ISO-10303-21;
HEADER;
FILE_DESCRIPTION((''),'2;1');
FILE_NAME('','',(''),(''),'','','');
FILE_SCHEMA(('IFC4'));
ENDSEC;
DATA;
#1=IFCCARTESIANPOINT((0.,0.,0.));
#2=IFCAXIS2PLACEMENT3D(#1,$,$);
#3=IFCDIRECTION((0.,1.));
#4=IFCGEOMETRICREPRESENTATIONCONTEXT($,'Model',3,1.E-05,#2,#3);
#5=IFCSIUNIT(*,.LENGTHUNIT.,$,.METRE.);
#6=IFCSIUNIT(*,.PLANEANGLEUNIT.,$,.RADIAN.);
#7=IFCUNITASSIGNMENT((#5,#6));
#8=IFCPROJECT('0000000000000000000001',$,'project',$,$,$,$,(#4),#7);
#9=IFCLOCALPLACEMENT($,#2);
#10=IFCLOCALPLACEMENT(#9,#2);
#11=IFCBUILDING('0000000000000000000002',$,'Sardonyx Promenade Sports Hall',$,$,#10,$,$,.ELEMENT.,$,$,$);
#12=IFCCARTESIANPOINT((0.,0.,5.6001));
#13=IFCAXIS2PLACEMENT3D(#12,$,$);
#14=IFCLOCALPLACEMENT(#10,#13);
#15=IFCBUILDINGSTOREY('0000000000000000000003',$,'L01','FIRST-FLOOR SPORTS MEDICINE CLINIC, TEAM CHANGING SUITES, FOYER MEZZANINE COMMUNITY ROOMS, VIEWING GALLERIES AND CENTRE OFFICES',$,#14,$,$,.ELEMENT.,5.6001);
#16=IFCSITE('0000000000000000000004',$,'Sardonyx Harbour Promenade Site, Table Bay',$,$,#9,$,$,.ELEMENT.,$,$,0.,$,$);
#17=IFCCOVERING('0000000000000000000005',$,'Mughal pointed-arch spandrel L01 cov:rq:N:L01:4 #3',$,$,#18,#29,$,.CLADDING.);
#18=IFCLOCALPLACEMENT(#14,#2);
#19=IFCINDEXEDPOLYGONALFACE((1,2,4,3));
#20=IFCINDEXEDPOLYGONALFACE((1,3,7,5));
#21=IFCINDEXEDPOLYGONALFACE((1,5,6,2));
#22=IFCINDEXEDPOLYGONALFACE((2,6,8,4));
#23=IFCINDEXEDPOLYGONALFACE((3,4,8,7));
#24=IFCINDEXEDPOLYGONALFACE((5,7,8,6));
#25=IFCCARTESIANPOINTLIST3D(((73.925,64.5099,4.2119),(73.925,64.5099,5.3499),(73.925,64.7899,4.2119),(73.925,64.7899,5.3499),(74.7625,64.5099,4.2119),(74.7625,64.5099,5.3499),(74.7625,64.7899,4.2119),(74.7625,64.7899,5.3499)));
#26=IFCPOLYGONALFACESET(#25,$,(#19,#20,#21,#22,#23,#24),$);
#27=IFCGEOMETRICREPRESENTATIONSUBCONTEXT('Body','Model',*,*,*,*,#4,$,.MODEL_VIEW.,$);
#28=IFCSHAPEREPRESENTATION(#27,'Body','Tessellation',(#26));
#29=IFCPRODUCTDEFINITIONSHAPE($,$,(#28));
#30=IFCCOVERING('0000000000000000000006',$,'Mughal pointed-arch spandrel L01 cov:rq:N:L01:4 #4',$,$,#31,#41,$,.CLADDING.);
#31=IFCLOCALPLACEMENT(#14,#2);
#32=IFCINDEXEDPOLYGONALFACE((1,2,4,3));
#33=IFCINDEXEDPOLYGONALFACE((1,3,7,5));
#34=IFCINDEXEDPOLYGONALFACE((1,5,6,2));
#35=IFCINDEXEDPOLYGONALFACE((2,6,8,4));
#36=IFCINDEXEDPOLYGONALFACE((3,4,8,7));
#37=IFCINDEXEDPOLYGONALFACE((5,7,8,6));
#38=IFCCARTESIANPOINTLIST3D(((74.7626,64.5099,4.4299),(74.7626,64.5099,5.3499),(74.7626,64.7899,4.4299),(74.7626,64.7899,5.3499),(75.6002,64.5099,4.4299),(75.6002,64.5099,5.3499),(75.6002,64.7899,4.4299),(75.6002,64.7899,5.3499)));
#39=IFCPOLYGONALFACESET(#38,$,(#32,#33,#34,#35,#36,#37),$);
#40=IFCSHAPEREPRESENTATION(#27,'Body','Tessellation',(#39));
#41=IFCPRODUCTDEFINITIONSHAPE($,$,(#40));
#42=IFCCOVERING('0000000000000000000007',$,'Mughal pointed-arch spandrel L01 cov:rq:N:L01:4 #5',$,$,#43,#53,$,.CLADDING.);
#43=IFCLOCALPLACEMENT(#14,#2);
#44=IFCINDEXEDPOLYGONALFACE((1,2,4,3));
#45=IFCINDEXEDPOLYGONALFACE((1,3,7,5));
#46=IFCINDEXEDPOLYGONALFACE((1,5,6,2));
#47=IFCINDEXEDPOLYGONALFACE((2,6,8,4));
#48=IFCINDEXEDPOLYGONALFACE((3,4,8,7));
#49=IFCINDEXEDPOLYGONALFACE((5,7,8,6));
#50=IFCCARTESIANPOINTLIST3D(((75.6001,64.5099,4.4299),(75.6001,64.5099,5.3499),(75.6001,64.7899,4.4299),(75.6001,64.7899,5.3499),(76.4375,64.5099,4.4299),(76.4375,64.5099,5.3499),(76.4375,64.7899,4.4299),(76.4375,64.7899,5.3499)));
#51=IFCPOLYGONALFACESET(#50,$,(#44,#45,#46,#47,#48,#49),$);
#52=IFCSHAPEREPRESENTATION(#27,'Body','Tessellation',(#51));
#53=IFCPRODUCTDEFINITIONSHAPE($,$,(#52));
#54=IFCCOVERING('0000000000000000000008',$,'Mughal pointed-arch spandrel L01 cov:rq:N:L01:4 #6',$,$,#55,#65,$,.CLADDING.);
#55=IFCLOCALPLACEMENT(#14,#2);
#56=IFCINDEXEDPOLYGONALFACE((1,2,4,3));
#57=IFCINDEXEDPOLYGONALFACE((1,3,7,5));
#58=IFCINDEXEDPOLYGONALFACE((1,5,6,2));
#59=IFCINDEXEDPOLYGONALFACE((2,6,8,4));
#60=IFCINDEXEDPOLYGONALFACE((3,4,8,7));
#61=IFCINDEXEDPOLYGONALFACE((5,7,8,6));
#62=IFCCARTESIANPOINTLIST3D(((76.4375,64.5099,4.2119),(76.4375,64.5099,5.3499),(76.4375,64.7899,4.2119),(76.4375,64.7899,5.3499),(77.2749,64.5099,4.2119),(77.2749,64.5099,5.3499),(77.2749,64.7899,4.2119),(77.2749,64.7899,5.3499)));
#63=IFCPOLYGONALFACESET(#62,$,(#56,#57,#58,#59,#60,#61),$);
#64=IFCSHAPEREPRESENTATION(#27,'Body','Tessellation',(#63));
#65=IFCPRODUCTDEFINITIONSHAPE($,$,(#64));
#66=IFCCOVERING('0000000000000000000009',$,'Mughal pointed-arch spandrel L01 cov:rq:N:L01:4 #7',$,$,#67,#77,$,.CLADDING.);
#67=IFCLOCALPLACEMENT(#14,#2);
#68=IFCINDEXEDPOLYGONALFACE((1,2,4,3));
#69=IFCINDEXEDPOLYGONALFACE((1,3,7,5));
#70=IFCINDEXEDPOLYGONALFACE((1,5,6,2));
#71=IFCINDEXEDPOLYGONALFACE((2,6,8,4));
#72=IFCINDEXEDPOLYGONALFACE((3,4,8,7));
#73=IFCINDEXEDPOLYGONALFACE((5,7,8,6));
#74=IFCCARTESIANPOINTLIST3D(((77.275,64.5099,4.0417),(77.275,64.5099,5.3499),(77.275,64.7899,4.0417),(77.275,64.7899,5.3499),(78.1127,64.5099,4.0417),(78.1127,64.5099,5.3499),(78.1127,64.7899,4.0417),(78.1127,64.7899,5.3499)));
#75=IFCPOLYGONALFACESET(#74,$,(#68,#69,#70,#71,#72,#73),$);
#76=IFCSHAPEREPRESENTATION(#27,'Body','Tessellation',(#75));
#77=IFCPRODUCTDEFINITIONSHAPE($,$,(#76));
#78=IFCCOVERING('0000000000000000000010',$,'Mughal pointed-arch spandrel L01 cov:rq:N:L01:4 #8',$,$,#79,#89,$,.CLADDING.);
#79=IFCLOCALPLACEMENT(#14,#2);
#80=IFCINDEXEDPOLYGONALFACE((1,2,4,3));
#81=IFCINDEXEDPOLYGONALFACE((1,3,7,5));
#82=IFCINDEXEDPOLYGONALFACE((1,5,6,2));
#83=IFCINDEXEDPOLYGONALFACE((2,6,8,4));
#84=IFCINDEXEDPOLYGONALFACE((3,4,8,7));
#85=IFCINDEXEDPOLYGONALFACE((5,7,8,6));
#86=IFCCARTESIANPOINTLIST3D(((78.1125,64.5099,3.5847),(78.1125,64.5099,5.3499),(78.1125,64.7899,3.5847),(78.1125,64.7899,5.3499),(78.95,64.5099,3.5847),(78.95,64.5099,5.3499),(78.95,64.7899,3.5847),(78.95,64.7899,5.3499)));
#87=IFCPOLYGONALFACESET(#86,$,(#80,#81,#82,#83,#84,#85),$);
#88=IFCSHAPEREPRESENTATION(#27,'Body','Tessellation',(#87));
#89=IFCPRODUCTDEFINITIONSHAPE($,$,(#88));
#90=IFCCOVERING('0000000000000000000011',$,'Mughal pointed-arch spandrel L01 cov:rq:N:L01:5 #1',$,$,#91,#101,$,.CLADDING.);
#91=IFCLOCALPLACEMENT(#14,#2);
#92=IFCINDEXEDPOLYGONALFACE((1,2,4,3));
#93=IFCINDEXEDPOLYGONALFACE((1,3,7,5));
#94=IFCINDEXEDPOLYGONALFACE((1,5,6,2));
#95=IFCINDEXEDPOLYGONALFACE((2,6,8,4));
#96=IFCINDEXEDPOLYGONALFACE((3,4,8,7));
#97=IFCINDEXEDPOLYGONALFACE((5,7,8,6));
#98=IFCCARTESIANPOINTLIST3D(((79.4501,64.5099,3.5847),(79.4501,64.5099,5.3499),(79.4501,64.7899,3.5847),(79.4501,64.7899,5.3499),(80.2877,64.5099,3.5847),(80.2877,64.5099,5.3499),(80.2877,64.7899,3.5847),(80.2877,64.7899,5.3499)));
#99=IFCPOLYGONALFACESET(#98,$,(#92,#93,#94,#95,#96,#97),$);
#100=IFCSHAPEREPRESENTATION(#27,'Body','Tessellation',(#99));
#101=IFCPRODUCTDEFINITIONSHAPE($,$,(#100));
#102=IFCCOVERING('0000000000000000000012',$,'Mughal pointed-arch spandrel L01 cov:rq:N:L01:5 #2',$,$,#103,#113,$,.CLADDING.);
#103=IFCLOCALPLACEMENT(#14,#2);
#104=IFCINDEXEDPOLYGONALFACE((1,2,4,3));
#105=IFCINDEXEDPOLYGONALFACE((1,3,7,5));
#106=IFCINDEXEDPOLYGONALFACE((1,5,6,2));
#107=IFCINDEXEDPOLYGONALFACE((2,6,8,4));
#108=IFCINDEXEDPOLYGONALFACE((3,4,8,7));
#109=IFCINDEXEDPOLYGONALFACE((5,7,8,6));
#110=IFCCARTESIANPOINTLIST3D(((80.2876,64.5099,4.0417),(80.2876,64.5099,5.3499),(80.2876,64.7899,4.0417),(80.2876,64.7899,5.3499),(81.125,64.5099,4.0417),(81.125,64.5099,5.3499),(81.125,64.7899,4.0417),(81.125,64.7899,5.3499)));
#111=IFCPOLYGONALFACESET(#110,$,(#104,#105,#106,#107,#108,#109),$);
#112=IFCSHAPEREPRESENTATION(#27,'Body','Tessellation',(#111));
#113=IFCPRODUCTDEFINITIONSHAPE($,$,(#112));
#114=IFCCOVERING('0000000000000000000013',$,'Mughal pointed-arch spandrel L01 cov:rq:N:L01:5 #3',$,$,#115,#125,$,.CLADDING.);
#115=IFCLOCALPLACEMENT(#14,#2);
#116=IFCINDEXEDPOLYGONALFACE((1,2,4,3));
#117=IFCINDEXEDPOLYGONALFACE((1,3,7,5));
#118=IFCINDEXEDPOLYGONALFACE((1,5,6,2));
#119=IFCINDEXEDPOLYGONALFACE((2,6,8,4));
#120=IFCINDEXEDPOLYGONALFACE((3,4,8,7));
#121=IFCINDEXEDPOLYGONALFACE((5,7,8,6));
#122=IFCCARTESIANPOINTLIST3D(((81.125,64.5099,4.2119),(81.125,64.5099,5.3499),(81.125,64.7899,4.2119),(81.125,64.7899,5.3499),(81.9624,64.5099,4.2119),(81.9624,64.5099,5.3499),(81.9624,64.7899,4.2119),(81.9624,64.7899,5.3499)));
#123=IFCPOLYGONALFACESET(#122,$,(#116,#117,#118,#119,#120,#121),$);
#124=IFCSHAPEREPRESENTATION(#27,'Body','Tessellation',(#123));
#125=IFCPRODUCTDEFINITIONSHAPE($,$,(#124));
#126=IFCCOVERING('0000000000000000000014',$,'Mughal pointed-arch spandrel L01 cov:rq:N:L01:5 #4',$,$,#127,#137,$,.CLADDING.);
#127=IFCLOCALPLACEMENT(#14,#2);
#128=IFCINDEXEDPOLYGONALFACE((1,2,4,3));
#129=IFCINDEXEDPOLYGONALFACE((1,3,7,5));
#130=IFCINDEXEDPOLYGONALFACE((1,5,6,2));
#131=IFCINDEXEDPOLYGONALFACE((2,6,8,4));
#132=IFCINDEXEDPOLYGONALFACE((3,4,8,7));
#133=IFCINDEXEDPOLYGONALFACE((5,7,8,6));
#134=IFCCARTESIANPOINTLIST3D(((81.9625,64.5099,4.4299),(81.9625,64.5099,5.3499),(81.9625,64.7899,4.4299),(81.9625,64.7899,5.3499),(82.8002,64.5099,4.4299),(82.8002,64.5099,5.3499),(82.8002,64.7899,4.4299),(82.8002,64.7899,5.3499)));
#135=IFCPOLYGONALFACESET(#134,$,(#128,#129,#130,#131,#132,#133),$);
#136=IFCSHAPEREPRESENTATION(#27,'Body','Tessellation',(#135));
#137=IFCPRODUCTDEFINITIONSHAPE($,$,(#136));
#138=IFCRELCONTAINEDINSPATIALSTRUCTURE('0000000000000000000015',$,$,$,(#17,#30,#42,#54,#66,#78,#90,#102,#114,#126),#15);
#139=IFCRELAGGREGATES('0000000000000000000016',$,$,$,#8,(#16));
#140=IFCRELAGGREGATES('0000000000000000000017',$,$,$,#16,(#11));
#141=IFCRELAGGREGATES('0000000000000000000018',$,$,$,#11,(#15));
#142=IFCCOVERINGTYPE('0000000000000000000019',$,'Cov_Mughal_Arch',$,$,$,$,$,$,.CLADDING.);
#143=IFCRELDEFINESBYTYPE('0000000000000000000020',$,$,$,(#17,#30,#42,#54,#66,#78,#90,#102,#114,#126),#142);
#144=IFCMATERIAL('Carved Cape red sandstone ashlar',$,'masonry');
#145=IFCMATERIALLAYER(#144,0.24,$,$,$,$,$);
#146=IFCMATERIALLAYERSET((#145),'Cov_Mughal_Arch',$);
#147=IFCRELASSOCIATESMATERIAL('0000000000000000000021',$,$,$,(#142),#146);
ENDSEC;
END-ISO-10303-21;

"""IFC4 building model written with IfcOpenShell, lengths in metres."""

from ifc_helpers import new_model, si_unit, direction, frame, frame_2d, origin, place, context, subcontext, project, spatial, rectangle, extrude, material, layer, layer_set, type_object, element, save


model = new_model("IFC4")

# Units and contexts
model_context = context("Model", 3, precision=1e-05, world=origin(), true_north=direction((0.0, 1.0)))
body_context = subcontext(model_context, "Body", "Model", "MODEL_VIEW")
ifc_project = project(units=[si_unit("LENGTHUNIT", "METRE"), si_unit("PLANEANGLEUNIT", "RADIAN")], contexts=[model_context])

# Site, building, storey
site_placement = place(None, origin())
site = spatial("IfcSite", under=ifc_project, at=site_placement, Name="Sardonyx Harbour Promenade Site, Table Bay", CompositionType="ELEMENT", RefElevation=0.0)
building_placement = place(site_placement, origin())
building = spatial("IfcBuilding", under=site, at=building_placement, Name="Sardonyx Promenade Sports Hall", CompositionType="ELEMENT")
storey_placement = place(building_placement, frame((0.0, 0.0, 5.6001)))
storey = spatial("IfcBuildingStorey", under=building, at=storey_placement, Name="L01", Description="FIRST-FLOOR SPORTS MEDICINE CLINIC, TEAM CHANGING SUITES, FOYER MEZZANINE COMMUNITY ROOMS, VIEWING GALLERIES AND CENTRE OFFICES", CompositionType="ELEMENT", Elevation=5.6001)

# Coverings
ifc_material_1 = material(Name="Carved Cape red sandstone ashlar", Category="masonry")
ifc_layer_1 = layer(ifc_material_1, 0.24)
ifc_layer_set_1 = layer_set([ifc_layer_1], Name="Cov_Mughal_Arch")
covering_type = type_object("IfcCoveringType", Name="Cov_Mughal_Arch", PredefinedType="CLADDING", material=ifc_layer_set_1)
covering_1_placement = place(storey_placement, frame((73.925, 64.6499, 4.2119), z_axis=(0.0, 0.0, 1.0), x_axis=(1.0, 0.0, 0.0)))
element("IfcCovering", 1, at=covering_1_placement, inside=storey, type_object=covering_type, Name="Mughal pointed-arch spandrel L01 cov:rq:N:L01:4 #3", PredefinedType="CLADDING", context=body_context, shape_type="SweptSolid", body=[
    extrude(rectangle(XDim=0.8374, YDim=0.28, at=frame_2d((0.4187, 0.0))), origin(), (0.0, 0.0, 1.0), 1.1379),
])
covering_2_placement = place(storey_placement, frame((74.7625, 64.6499, 4.4299), z_axis=(0.0, 0.0, 1.0), x_axis=(1.0, 0.0, 0.0)))
element("IfcCovering", 2, at=covering_2_placement, inside=storey, type_object=covering_type, Name="Mughal pointed-arch spandrel L01 cov:rq:N:L01:4 #4", PredefinedType="CLADDING", context=body_context, shape_type="SweptSolid", body=[
    extrude(rectangle(XDim=0.8376, YDim=0.28, at=frame_2d((0.4189, 0.0))), origin(), (0.0, 0.0, 1.0), 0.9199),
])
covering_3_placement = place(storey_placement, frame((75.6001, 64.6499, 4.4299), z_axis=(0.0, 0.0, 1.0), x_axis=(1.0, 0.0, 0.0)))
element("IfcCovering", 3, at=covering_3_placement, inside=storey, type_object=covering_type, Name="Mughal pointed-arch spandrel L01 cov:rq:N:L01:4 #5", PredefinedType="CLADDING", context=body_context, shape_type="SweptSolid", body=[
    extrude(rectangle(XDim=0.8374, YDim=0.28, at=frame_2d((0.4187, 0.0))), origin(), (0.0, 0.0, 1.0), 0.9199),
])
covering_4_placement = place(storey_placement, frame((76.4375, 64.6499, 4.2119), z_axis=(0.0, 0.0, 1.0), x_axis=(1.0, 0.0, 0.0)))
element("IfcCovering", 4, at=covering_4_placement, inside=storey, type_object=covering_type, Name="Mughal pointed-arch spandrel L01 cov:rq:N:L01:4 #6", PredefinedType="CLADDING", context=body_context, shape_type="SweptSolid", body=[
    extrude(rectangle(XDim=0.8374, YDim=0.28, at=frame_2d((0.4187, 0.0))), origin(), (0.0, 0.0, 1.0), 1.1379),
])
covering_5_placement = place(storey_placement, frame((77.2749, 64.6499, 4.0417), z_axis=(0.0, 0.0, 1.0), x_axis=(1.0, 0.0, 0.0)))
element("IfcCovering", 5, at=covering_5_placement, inside=storey, type_object=covering_type, Name="Mughal pointed-arch spandrel L01 cov:rq:N:L01:4 #7", PredefinedType="CLADDING", context=body_context, shape_type="SweptSolid", body=[
    extrude(rectangle(XDim=0.8376, YDim=0.28, at=frame_2d((0.4189, 0.0))), origin(), (0.0, 0.0, 1.0), 1.3081),
])
covering_6_placement = place(storey_placement, frame((78.1125, 64.6499, 3.5847), z_axis=(0.0, 0.0, 1.0), x_axis=(1.0, 0.0, 0.0)))
element("IfcCovering", 6, at=covering_6_placement, inside=storey, type_object=covering_type, Name="Mughal pointed-arch spandrel L01 cov:rq:N:L01:4 #8", PredefinedType="CLADDING", context=body_context, shape_type="SweptSolid", body=[
    extrude(rectangle(XDim=0.8374, YDim=0.28, at=frame_2d((0.4187, 0.0))), origin(), (0.0, 0.0, 1.0), 1.7651),
])
covering_7_placement = place(storey_placement, frame((79.45, 64.6499, 3.5847), z_axis=(0.0, 0.0, 1.0), x_axis=(1.0, 0.0, 0.0)))
element("IfcCovering", 7, at=covering_7_placement, inside=storey, type_object=covering_type, Name="Mughal pointed-arch spandrel L01 cov:rq:N:L01:5 #1", PredefinedType="CLADDING", context=body_context, shape_type="SweptSolid", body=[
    extrude(rectangle(XDim=0.8376, YDim=0.28, at=frame_2d((0.4189, 0.0))), origin(), (0.0, 0.0, 1.0), 1.7651),
])
covering_8_placement = place(storey_placement, frame((80.2876, 64.6499, 4.0417), z_axis=(0.0, 0.0, 1.0), x_axis=(1.0, 0.0, 0.0)))
element("IfcCovering", 8, at=covering_8_placement, inside=storey, type_object=covering_type, Name="Mughal pointed-arch spandrel L01 cov:rq:N:L01:5 #2", PredefinedType="CLADDING", context=body_context, shape_type="SweptSolid", body=[
    extrude(rectangle(XDim=0.8374, YDim=0.28, at=frame_2d((0.4187, 0.0))), origin(), (0.0, 0.0, 1.0), 1.3081),
])
covering_9_placement = place(storey_placement, frame((81.125, 64.6499, 4.2119), z_axis=(0.0, 0.0, 1.0), x_axis=(1.0, 0.0, 0.0)))
element("IfcCovering", 9, at=covering_9_placement, inside=storey, type_object=covering_type, Name="Mughal pointed-arch spandrel L01 cov:rq:N:L01:5 #3", PredefinedType="CLADDING", context=body_context, shape_type="SweptSolid", body=[
    extrude(rectangle(XDim=0.8374, YDim=0.28, at=frame_2d((0.4187, 0.0))), origin(), (0.0, 0.0, 1.0), 1.1379),
])
covering_10_placement = place(storey_placement, frame((81.9624, 64.6499, 4.4299), z_axis=(0.0, 0.0, 1.0), x_axis=(1.0, 0.0, 0.0)))
element("IfcCovering", 10, at=covering_10_placement, inside=storey, type_object=covering_type, Name="Mughal pointed-arch spandrel L01 cov:rq:N:L01:5 #4", PredefinedType="CLADDING", context=body_context, shape_type="SweptSolid", body=[
    extrude(rectangle(XDim=0.8376, YDim=0.28, at=frame_2d((0.4189, 0.0))), origin(), (0.0, 0.0, 1.0), 0.9199),
])

save(model, "model.ifc")
